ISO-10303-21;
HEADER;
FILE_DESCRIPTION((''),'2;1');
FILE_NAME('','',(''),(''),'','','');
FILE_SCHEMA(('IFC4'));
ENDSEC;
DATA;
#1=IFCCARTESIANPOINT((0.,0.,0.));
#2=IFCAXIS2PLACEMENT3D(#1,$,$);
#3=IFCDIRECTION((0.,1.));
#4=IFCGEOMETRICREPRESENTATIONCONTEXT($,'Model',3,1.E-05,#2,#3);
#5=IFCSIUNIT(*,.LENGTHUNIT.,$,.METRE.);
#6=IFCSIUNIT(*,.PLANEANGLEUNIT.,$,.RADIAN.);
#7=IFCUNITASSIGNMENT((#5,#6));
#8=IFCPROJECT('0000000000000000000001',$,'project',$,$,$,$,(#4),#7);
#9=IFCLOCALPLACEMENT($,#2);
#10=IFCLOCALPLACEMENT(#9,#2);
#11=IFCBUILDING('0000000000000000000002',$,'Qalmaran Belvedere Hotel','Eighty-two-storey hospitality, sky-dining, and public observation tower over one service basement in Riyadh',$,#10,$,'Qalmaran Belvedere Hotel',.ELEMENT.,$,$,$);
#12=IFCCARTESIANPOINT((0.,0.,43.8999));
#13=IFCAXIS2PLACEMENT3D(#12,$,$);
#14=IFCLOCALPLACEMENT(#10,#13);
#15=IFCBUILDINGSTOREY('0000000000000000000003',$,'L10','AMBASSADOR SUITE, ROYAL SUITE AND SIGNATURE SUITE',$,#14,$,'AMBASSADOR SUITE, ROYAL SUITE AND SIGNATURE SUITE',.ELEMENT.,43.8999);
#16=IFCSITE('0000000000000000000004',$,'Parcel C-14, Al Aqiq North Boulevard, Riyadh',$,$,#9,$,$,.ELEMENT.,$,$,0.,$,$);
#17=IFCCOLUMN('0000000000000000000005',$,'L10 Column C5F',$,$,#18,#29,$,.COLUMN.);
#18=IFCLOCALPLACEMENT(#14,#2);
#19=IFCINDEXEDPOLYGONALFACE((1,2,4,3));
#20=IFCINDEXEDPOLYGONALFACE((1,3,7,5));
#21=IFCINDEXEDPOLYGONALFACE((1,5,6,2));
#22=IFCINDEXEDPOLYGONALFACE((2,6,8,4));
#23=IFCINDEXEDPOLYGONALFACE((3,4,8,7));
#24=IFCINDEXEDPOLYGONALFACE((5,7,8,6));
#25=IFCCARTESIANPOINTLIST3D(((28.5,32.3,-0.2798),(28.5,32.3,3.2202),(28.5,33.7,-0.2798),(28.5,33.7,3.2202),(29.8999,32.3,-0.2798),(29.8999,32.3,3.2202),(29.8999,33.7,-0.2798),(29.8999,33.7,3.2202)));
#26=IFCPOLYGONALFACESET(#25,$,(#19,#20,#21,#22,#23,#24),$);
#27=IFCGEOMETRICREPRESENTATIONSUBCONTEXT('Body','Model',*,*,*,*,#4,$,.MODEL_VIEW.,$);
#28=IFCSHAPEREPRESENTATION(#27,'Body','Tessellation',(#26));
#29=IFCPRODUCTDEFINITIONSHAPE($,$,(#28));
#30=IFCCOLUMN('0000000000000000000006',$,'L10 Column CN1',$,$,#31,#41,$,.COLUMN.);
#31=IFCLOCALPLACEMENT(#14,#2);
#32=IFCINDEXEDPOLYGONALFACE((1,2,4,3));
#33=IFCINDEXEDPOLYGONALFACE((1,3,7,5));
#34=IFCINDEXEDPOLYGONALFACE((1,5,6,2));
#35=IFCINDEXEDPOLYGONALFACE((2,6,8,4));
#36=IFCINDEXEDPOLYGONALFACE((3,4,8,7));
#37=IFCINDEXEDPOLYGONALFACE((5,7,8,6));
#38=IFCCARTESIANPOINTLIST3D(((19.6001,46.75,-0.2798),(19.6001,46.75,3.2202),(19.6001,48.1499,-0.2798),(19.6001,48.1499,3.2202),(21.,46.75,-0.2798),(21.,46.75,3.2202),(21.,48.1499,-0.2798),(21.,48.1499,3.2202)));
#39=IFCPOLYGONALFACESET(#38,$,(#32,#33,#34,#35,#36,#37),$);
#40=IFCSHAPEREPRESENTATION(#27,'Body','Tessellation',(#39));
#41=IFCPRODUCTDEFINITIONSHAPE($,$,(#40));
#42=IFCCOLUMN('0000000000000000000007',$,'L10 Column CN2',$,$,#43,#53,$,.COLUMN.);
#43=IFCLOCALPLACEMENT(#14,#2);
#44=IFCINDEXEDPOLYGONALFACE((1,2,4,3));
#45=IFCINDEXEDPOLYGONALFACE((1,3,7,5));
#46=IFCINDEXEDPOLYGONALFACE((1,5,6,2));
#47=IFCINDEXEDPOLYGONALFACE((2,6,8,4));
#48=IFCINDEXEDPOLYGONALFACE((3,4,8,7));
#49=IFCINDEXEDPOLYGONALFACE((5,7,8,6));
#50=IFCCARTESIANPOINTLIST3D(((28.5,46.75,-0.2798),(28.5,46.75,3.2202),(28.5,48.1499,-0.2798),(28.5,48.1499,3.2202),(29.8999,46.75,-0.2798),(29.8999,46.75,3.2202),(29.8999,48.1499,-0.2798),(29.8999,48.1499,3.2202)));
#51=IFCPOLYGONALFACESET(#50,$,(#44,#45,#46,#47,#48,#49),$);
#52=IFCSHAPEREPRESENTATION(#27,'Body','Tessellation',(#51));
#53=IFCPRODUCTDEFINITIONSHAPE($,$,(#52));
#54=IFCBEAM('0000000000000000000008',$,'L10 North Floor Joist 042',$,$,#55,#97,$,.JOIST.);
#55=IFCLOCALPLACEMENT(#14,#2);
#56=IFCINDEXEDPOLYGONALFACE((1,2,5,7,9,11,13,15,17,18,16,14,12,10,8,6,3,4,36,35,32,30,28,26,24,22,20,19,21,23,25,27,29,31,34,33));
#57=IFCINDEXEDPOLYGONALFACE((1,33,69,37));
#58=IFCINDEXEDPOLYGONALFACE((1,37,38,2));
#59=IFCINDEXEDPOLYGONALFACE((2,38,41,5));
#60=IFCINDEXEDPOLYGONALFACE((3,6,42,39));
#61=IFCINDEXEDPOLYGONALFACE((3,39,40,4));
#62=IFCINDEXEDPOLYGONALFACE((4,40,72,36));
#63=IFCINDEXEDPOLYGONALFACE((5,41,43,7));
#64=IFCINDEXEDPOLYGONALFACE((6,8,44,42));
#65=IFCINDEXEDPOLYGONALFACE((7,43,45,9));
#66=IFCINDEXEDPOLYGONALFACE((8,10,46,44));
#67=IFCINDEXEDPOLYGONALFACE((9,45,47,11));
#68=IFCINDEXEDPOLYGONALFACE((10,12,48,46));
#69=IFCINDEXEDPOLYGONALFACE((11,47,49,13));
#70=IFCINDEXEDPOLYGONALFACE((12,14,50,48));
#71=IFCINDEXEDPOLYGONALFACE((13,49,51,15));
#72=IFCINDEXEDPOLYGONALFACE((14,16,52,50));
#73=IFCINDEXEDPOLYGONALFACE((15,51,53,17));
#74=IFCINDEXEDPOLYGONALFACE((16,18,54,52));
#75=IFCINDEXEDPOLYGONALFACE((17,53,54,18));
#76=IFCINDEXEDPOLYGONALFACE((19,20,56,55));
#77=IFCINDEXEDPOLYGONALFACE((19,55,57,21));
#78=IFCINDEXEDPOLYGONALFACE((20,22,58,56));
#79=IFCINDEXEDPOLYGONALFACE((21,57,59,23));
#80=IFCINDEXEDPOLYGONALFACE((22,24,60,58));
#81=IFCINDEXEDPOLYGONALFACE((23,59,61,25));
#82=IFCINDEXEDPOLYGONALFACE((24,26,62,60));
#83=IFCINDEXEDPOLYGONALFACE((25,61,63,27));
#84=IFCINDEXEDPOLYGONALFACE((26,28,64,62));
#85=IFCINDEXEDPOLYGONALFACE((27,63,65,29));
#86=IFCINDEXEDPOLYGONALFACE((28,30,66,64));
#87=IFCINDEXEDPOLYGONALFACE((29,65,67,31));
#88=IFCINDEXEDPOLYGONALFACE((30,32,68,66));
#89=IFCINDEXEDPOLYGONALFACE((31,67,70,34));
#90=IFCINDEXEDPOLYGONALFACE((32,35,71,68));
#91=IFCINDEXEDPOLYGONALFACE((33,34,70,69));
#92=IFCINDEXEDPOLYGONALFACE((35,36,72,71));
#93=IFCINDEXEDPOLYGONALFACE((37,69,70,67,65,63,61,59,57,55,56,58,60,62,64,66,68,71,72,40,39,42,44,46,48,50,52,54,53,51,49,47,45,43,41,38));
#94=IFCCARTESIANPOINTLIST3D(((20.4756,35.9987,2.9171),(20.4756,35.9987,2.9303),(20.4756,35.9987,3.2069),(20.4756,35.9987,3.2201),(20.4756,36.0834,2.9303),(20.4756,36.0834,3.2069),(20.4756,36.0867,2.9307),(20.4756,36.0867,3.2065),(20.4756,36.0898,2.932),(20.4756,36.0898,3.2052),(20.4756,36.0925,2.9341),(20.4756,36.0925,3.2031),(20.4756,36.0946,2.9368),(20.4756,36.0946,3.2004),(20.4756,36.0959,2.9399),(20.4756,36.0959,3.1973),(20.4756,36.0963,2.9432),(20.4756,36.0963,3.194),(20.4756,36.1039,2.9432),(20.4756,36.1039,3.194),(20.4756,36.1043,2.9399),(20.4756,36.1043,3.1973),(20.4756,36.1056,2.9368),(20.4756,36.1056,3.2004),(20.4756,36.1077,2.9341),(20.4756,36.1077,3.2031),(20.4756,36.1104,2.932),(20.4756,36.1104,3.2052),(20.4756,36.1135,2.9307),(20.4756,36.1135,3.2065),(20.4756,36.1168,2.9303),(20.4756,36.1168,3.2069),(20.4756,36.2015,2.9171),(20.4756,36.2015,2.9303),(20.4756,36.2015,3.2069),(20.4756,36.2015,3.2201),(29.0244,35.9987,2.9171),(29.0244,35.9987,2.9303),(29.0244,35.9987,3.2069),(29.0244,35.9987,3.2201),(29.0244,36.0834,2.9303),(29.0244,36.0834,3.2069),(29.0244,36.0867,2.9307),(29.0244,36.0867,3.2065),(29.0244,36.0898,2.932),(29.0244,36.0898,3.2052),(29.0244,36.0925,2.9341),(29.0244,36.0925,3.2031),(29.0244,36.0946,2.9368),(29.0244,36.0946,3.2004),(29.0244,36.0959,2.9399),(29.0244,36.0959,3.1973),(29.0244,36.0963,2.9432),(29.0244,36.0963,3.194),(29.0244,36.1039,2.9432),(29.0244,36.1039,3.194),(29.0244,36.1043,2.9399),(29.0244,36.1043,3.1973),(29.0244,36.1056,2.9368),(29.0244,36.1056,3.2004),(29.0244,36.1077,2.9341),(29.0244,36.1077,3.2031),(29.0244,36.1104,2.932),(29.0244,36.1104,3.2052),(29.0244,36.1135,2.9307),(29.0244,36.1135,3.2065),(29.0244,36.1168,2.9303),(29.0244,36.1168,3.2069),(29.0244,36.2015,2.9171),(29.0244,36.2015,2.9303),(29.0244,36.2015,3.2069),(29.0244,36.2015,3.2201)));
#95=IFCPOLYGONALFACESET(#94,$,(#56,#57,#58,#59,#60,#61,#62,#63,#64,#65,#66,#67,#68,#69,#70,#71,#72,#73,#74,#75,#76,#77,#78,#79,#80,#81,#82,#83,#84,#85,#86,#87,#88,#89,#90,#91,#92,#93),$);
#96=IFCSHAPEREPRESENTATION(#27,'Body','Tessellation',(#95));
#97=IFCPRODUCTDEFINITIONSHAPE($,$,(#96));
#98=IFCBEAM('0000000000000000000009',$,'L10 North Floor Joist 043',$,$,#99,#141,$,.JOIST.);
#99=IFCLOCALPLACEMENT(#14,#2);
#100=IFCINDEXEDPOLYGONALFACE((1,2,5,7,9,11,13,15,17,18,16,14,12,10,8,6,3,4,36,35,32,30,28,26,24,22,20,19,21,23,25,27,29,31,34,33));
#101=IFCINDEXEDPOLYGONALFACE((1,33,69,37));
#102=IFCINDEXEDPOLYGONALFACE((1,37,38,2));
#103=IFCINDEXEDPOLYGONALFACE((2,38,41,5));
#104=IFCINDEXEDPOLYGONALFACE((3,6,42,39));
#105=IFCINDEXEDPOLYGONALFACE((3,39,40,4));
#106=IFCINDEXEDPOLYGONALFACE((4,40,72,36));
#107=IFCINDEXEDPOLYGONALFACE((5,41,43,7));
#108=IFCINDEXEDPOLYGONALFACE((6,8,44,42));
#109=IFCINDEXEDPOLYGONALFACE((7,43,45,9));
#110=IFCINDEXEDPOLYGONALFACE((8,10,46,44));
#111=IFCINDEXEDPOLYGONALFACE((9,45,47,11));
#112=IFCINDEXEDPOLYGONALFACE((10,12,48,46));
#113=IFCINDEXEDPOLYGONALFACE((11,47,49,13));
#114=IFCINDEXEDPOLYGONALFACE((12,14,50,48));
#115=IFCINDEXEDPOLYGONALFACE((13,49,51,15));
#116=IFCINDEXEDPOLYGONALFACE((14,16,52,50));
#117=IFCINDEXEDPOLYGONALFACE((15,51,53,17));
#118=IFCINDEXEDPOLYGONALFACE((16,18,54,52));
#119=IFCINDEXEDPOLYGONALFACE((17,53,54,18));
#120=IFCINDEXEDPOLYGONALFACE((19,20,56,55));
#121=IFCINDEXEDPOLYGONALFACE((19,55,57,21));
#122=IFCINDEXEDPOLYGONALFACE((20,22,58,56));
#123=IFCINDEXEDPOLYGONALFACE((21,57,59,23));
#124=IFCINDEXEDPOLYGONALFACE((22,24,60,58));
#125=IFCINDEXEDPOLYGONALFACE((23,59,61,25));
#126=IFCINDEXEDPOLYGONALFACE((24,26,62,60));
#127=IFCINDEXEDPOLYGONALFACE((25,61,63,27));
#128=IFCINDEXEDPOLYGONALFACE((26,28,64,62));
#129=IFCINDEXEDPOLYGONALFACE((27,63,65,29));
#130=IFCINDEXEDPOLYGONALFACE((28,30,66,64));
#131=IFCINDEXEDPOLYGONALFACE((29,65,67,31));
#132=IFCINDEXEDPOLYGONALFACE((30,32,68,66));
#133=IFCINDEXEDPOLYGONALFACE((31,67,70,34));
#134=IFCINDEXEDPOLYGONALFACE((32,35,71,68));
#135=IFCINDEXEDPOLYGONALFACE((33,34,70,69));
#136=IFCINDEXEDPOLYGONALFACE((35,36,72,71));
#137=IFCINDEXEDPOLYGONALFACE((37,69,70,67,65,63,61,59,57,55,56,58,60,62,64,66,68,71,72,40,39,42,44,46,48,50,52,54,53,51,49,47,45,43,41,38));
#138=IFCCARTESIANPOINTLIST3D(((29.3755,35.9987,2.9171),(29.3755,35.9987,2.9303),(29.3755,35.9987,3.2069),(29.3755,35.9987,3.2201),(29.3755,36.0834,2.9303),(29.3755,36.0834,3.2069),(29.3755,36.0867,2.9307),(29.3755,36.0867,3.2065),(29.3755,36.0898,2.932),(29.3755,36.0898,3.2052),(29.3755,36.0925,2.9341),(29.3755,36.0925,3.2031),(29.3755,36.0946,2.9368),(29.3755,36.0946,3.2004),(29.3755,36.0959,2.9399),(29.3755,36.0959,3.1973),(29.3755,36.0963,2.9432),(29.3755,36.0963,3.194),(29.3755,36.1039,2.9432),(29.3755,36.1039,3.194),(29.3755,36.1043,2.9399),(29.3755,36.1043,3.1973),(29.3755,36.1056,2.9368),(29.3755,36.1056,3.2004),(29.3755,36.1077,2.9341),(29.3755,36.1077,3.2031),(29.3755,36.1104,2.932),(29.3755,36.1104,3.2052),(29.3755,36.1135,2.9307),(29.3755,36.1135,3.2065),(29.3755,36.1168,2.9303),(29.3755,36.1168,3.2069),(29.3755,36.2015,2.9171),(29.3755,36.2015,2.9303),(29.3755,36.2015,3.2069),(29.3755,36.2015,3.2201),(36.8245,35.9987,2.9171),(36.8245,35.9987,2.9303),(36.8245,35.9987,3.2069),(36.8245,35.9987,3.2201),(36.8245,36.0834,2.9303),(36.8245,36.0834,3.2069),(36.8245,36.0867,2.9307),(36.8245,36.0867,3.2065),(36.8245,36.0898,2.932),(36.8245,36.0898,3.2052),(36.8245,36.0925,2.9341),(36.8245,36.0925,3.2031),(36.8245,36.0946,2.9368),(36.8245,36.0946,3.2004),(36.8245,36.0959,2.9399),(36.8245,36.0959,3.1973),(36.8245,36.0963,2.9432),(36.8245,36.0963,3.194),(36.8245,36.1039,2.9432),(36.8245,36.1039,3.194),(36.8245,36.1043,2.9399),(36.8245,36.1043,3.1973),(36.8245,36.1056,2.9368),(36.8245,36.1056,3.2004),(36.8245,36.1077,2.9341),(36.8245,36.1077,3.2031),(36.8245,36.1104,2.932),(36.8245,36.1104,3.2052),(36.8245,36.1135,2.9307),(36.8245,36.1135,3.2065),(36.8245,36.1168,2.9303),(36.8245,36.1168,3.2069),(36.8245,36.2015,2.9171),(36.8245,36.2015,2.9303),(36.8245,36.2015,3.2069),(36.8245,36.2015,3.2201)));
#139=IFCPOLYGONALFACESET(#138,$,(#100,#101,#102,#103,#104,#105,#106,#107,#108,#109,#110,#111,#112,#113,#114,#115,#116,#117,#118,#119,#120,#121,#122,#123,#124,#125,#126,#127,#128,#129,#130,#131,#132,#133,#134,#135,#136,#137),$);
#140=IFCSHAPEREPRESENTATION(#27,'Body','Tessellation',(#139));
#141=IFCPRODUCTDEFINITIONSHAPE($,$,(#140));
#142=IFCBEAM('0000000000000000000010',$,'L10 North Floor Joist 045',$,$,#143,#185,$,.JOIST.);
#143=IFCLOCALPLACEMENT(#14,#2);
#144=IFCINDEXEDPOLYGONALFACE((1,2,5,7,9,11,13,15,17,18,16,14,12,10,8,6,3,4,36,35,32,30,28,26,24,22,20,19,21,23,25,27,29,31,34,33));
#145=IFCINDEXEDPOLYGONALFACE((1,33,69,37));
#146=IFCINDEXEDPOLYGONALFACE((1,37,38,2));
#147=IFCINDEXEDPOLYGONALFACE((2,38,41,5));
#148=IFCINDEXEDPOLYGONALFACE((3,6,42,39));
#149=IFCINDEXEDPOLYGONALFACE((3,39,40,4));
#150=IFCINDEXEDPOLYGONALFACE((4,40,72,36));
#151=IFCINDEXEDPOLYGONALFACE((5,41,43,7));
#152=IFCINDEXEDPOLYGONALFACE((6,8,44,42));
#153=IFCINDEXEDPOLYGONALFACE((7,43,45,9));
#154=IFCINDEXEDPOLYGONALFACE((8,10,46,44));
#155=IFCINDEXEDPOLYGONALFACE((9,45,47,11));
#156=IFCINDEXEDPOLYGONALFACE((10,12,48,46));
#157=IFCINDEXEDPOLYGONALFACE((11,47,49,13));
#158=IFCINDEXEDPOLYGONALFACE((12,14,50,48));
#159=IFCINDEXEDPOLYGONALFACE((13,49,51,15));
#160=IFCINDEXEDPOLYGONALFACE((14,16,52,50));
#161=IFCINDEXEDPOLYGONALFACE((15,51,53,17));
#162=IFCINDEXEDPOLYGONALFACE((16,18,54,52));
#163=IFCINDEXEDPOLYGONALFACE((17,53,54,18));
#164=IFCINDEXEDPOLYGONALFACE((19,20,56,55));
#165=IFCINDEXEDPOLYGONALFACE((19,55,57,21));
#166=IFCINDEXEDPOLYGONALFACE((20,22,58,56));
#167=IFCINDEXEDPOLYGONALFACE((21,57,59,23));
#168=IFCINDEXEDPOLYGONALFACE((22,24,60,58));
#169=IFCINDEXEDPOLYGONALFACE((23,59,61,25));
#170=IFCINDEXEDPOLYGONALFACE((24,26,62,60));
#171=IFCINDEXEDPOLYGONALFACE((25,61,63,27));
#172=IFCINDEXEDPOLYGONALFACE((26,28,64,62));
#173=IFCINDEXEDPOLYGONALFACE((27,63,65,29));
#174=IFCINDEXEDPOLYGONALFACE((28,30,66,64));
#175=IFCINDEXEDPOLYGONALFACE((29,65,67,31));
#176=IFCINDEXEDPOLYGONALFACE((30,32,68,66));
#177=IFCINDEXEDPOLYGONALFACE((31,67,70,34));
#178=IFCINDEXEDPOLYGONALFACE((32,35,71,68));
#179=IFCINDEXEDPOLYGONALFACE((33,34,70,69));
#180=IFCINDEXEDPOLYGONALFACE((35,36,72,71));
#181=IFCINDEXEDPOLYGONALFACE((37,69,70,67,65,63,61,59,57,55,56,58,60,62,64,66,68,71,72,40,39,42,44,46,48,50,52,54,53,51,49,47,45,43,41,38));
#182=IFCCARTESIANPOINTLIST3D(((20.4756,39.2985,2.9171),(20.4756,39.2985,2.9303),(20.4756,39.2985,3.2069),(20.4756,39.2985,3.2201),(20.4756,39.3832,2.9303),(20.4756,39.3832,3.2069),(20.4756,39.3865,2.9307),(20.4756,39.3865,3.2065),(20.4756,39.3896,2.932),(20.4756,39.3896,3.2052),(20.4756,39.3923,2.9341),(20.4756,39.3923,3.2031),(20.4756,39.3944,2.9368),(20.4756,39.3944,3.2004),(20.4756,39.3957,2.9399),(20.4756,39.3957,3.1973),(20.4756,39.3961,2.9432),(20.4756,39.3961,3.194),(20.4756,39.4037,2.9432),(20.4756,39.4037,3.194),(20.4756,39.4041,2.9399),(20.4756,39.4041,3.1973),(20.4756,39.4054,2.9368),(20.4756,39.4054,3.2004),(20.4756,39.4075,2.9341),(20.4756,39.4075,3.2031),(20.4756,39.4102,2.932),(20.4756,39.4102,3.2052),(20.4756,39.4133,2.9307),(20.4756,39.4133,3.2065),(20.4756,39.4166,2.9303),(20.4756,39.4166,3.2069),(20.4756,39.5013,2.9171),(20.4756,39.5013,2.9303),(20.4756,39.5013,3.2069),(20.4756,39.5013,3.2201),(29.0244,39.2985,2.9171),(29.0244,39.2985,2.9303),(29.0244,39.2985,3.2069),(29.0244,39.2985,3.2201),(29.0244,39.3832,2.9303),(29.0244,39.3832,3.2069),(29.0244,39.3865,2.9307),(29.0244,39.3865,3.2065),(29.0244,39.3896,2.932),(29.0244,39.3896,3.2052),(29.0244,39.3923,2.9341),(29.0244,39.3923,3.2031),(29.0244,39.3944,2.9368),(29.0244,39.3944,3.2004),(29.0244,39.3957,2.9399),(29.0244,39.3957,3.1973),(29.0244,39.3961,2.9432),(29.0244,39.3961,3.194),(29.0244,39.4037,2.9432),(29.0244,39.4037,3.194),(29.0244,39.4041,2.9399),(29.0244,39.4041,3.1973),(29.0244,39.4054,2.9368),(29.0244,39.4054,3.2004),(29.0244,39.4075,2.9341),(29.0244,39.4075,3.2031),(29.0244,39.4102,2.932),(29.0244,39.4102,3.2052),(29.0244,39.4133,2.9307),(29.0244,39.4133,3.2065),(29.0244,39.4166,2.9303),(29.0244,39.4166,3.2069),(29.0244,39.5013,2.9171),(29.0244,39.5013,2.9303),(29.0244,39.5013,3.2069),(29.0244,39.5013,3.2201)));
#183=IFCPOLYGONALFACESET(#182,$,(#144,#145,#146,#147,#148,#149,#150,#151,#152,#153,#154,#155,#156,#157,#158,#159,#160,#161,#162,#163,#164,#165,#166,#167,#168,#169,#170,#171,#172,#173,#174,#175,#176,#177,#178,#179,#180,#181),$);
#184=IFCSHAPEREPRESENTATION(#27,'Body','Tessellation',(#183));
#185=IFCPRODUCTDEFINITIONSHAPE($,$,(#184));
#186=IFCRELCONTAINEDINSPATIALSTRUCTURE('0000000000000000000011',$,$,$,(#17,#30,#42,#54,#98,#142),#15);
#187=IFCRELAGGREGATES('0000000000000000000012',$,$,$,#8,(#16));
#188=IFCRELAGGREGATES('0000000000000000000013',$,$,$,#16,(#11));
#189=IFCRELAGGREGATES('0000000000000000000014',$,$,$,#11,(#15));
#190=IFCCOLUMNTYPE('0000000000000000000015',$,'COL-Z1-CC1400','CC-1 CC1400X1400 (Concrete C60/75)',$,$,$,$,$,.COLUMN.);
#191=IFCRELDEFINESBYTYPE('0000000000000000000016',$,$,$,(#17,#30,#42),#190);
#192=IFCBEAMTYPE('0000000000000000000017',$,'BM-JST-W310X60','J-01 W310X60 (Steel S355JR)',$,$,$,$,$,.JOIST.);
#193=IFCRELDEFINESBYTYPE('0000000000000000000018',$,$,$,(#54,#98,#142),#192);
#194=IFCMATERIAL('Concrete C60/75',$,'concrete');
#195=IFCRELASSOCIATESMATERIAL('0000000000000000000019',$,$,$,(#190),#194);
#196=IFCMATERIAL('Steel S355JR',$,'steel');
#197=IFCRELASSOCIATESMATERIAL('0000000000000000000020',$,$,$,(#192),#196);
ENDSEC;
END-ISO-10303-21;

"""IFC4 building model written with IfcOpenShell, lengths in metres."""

from ifc_helpers import new_model, si_unit, direction, frame, origin, origin_2d, place, context, subcontext, project, spatial, rectangle, i_section, extrude, material, material_profile, profile_set, type_object, element, save


model = new_model("IFC4")

# Units and contexts
model_context = context("Model", 3, precision=1e-05, world=origin(), true_north=direction((0.0, 1.0)))
body_context = subcontext(model_context, "Body", "Model", "MODEL_VIEW")
ifc_project = project(units=[si_unit("LENGTHUNIT", "METRE"), si_unit("PLANEANGLEUNIT", "RADIAN")], contexts=[model_context])

# Site, building, storey
site_placement = place(None, origin())
site = spatial("IfcSite", under=ifc_project, at=site_placement, Name="Parcel C-14, Al Aqiq North Boulevard, Riyadh", CompositionType="ELEMENT", RefElevation=0.0)
building_placement = place(site_placement, origin())
building = spatial("IfcBuilding", under=site, at=building_placement, Name="Qalmaran Belvedere Hotel", Description="Eighty-two-storey hospitality, sky-dining, and public observation tower over one service basement in Riyadh", LongName="Qalmaran Belvedere Hotel", CompositionType="ELEMENT")
storey_placement = place(building_placement, frame((0.0, 0.0, 43.8999)))
storey = spatial("IfcBuildingStorey", under=building, at=storey_placement, Name="L10", Description="AMBASSADOR SUITE, ROYAL SUITE AND SIGNATURE SUITE", LongName="AMBASSADOR SUITE, ROYAL SUITE AND SIGNATURE SUITE", CompositionType="ELEMENT", Elevation=43.8999)

# Columns
ifc_material_1 = material(Name="Concrete C60/75", Category="concrete")
ifc_material_profile_1 = material_profile(ifc_material_1, rectangle(XDim=1.3999, YDim=1.3999, at=origin_2d()), Name="CC1400X1400")
ifc_profile_set_1 = profile_set([ifc_material_profile_1], Name="Concrete C60/75")
column_type = type_object("IfcColumnType", Name="COL-Z1-CC1400", Description="CC-1 CC1400X1400 (Concrete C60/75)", PredefinedType="COLUMN", material=ifc_profile_set_1)
for number, where, z_axis, x_axis, name in (
    (1, (29.2, 33.0, -0.2798), (0.0, 0.0, 1.0), (1.0, 0.0, 0.0), "L10 Column C5F"),
    (2, (20.3, 47.45, -0.2798), (0.0, 0.0, 1.0), (1.0, 0.0, 0.0), "L10 Column CN1"),
    (3, (29.2, 47.45, -0.2798), (0.0, 0.0, 1.0), (1.0, 0.0, 0.0), "L10 Column CN2"),
):
    element("IfcColumn", number, at=place(storey_placement, frame(where, z_axis=z_axis, x_axis=x_axis)), inside=storey, type_object=column_type, Name=name, PredefinedType="COLUMN", context=body_context, shape_type="SweptSolid", body=[
        extrude(rectangle(XDim=1.3999, YDim=1.3999, at=origin_2d()), origin(), (0.0, 0.0, 1.0), 3.5),
    ])

# Beams
ifc_material_2 = material(Name="Steel S355JR", Category="steel")
ifc_material_profile_2 = material_profile(ifc_material_2, i_section(OverallWidth=0.2029, OverallDepth=0.303, WebThickness=0.0076, FlangeThickness=0.0132, FilletRadius=0.0129, at=origin_2d()), Name="W310X60")
ifc_profile_set_2 = profile_set([ifc_material_profile_2], Name="Steel S355JR")
beam_type_1 = type_object("IfcBeamType", Name="BM-JST-W310X60", Description="J-01 W310X60 (Steel S355JR)", PredefinedType="JOIST", material=ifc_profile_set_2)
beam_1_placement = place(storey_placement, frame((20.4756, 36.1001, 3.0686), z_axis=(1.0, 0.0, 0.0), x_axis=(0.0, 1.0, 0.0)))
element("IfcBeam", 4, at=beam_1_placement, inside=storey, type_object=beam_type_1, Name="L10 North Floor Joist 042", PredefinedType="JOIST", context=body_context, shape_type="SweptSolid", body=[
    extrude(i_section(OverallWidth=0.2029, OverallDepth=0.303, WebThickness=0.0076, FlangeThickness=0.0132, FilletRadius=0.0129, at=origin_2d()), origin(), (0.0, 0.0, 1.0), 8.5488),
])
beam_2_placement = place(storey_placement, frame((29.3755, 36.1001, 3.0686), z_axis=(1.0, 0.0, 0.0), x_axis=(0.0, 1.0, 0.0)))
element("IfcBeam", 5, at=beam_2_placement, inside=storey, type_object=beam_type_1, Name="L10 North Floor Joist 043", PredefinedType="JOIST", context=body_context, shape_type="SweptSolid", body=[
    extrude(i_section(OverallWidth=0.2029, OverallDepth=0.303, WebThickness=0.0076, FlangeThickness=0.0132, FilletRadius=0.0129, at=origin_2d()), origin(), (0.0, 0.0, 1.0), 7.449),
])
beam_3_placement = place(storey_placement, frame((20.4756, 39.3999, 3.0686), z_axis=(1.0, 0.0, 0.0), x_axis=(0.0, 1.0, 0.0)))
element("IfcBeam", 6, at=beam_3_placement, inside=storey, type_object=beam_type_1, Name="L10 North Floor Joist 045", PredefinedType="JOIST", context=body_context, shape_type="SweptSolid", body=[
    extrude(i_section(OverallWidth=0.2029, OverallDepth=0.303, WebThickness=0.0076, FlangeThickness=0.0132, FilletRadius=0.0129, at=origin_2d()), origin(), (0.0, 0.0, 1.0), 8.5488),
])

save(model, "model.ifc")
